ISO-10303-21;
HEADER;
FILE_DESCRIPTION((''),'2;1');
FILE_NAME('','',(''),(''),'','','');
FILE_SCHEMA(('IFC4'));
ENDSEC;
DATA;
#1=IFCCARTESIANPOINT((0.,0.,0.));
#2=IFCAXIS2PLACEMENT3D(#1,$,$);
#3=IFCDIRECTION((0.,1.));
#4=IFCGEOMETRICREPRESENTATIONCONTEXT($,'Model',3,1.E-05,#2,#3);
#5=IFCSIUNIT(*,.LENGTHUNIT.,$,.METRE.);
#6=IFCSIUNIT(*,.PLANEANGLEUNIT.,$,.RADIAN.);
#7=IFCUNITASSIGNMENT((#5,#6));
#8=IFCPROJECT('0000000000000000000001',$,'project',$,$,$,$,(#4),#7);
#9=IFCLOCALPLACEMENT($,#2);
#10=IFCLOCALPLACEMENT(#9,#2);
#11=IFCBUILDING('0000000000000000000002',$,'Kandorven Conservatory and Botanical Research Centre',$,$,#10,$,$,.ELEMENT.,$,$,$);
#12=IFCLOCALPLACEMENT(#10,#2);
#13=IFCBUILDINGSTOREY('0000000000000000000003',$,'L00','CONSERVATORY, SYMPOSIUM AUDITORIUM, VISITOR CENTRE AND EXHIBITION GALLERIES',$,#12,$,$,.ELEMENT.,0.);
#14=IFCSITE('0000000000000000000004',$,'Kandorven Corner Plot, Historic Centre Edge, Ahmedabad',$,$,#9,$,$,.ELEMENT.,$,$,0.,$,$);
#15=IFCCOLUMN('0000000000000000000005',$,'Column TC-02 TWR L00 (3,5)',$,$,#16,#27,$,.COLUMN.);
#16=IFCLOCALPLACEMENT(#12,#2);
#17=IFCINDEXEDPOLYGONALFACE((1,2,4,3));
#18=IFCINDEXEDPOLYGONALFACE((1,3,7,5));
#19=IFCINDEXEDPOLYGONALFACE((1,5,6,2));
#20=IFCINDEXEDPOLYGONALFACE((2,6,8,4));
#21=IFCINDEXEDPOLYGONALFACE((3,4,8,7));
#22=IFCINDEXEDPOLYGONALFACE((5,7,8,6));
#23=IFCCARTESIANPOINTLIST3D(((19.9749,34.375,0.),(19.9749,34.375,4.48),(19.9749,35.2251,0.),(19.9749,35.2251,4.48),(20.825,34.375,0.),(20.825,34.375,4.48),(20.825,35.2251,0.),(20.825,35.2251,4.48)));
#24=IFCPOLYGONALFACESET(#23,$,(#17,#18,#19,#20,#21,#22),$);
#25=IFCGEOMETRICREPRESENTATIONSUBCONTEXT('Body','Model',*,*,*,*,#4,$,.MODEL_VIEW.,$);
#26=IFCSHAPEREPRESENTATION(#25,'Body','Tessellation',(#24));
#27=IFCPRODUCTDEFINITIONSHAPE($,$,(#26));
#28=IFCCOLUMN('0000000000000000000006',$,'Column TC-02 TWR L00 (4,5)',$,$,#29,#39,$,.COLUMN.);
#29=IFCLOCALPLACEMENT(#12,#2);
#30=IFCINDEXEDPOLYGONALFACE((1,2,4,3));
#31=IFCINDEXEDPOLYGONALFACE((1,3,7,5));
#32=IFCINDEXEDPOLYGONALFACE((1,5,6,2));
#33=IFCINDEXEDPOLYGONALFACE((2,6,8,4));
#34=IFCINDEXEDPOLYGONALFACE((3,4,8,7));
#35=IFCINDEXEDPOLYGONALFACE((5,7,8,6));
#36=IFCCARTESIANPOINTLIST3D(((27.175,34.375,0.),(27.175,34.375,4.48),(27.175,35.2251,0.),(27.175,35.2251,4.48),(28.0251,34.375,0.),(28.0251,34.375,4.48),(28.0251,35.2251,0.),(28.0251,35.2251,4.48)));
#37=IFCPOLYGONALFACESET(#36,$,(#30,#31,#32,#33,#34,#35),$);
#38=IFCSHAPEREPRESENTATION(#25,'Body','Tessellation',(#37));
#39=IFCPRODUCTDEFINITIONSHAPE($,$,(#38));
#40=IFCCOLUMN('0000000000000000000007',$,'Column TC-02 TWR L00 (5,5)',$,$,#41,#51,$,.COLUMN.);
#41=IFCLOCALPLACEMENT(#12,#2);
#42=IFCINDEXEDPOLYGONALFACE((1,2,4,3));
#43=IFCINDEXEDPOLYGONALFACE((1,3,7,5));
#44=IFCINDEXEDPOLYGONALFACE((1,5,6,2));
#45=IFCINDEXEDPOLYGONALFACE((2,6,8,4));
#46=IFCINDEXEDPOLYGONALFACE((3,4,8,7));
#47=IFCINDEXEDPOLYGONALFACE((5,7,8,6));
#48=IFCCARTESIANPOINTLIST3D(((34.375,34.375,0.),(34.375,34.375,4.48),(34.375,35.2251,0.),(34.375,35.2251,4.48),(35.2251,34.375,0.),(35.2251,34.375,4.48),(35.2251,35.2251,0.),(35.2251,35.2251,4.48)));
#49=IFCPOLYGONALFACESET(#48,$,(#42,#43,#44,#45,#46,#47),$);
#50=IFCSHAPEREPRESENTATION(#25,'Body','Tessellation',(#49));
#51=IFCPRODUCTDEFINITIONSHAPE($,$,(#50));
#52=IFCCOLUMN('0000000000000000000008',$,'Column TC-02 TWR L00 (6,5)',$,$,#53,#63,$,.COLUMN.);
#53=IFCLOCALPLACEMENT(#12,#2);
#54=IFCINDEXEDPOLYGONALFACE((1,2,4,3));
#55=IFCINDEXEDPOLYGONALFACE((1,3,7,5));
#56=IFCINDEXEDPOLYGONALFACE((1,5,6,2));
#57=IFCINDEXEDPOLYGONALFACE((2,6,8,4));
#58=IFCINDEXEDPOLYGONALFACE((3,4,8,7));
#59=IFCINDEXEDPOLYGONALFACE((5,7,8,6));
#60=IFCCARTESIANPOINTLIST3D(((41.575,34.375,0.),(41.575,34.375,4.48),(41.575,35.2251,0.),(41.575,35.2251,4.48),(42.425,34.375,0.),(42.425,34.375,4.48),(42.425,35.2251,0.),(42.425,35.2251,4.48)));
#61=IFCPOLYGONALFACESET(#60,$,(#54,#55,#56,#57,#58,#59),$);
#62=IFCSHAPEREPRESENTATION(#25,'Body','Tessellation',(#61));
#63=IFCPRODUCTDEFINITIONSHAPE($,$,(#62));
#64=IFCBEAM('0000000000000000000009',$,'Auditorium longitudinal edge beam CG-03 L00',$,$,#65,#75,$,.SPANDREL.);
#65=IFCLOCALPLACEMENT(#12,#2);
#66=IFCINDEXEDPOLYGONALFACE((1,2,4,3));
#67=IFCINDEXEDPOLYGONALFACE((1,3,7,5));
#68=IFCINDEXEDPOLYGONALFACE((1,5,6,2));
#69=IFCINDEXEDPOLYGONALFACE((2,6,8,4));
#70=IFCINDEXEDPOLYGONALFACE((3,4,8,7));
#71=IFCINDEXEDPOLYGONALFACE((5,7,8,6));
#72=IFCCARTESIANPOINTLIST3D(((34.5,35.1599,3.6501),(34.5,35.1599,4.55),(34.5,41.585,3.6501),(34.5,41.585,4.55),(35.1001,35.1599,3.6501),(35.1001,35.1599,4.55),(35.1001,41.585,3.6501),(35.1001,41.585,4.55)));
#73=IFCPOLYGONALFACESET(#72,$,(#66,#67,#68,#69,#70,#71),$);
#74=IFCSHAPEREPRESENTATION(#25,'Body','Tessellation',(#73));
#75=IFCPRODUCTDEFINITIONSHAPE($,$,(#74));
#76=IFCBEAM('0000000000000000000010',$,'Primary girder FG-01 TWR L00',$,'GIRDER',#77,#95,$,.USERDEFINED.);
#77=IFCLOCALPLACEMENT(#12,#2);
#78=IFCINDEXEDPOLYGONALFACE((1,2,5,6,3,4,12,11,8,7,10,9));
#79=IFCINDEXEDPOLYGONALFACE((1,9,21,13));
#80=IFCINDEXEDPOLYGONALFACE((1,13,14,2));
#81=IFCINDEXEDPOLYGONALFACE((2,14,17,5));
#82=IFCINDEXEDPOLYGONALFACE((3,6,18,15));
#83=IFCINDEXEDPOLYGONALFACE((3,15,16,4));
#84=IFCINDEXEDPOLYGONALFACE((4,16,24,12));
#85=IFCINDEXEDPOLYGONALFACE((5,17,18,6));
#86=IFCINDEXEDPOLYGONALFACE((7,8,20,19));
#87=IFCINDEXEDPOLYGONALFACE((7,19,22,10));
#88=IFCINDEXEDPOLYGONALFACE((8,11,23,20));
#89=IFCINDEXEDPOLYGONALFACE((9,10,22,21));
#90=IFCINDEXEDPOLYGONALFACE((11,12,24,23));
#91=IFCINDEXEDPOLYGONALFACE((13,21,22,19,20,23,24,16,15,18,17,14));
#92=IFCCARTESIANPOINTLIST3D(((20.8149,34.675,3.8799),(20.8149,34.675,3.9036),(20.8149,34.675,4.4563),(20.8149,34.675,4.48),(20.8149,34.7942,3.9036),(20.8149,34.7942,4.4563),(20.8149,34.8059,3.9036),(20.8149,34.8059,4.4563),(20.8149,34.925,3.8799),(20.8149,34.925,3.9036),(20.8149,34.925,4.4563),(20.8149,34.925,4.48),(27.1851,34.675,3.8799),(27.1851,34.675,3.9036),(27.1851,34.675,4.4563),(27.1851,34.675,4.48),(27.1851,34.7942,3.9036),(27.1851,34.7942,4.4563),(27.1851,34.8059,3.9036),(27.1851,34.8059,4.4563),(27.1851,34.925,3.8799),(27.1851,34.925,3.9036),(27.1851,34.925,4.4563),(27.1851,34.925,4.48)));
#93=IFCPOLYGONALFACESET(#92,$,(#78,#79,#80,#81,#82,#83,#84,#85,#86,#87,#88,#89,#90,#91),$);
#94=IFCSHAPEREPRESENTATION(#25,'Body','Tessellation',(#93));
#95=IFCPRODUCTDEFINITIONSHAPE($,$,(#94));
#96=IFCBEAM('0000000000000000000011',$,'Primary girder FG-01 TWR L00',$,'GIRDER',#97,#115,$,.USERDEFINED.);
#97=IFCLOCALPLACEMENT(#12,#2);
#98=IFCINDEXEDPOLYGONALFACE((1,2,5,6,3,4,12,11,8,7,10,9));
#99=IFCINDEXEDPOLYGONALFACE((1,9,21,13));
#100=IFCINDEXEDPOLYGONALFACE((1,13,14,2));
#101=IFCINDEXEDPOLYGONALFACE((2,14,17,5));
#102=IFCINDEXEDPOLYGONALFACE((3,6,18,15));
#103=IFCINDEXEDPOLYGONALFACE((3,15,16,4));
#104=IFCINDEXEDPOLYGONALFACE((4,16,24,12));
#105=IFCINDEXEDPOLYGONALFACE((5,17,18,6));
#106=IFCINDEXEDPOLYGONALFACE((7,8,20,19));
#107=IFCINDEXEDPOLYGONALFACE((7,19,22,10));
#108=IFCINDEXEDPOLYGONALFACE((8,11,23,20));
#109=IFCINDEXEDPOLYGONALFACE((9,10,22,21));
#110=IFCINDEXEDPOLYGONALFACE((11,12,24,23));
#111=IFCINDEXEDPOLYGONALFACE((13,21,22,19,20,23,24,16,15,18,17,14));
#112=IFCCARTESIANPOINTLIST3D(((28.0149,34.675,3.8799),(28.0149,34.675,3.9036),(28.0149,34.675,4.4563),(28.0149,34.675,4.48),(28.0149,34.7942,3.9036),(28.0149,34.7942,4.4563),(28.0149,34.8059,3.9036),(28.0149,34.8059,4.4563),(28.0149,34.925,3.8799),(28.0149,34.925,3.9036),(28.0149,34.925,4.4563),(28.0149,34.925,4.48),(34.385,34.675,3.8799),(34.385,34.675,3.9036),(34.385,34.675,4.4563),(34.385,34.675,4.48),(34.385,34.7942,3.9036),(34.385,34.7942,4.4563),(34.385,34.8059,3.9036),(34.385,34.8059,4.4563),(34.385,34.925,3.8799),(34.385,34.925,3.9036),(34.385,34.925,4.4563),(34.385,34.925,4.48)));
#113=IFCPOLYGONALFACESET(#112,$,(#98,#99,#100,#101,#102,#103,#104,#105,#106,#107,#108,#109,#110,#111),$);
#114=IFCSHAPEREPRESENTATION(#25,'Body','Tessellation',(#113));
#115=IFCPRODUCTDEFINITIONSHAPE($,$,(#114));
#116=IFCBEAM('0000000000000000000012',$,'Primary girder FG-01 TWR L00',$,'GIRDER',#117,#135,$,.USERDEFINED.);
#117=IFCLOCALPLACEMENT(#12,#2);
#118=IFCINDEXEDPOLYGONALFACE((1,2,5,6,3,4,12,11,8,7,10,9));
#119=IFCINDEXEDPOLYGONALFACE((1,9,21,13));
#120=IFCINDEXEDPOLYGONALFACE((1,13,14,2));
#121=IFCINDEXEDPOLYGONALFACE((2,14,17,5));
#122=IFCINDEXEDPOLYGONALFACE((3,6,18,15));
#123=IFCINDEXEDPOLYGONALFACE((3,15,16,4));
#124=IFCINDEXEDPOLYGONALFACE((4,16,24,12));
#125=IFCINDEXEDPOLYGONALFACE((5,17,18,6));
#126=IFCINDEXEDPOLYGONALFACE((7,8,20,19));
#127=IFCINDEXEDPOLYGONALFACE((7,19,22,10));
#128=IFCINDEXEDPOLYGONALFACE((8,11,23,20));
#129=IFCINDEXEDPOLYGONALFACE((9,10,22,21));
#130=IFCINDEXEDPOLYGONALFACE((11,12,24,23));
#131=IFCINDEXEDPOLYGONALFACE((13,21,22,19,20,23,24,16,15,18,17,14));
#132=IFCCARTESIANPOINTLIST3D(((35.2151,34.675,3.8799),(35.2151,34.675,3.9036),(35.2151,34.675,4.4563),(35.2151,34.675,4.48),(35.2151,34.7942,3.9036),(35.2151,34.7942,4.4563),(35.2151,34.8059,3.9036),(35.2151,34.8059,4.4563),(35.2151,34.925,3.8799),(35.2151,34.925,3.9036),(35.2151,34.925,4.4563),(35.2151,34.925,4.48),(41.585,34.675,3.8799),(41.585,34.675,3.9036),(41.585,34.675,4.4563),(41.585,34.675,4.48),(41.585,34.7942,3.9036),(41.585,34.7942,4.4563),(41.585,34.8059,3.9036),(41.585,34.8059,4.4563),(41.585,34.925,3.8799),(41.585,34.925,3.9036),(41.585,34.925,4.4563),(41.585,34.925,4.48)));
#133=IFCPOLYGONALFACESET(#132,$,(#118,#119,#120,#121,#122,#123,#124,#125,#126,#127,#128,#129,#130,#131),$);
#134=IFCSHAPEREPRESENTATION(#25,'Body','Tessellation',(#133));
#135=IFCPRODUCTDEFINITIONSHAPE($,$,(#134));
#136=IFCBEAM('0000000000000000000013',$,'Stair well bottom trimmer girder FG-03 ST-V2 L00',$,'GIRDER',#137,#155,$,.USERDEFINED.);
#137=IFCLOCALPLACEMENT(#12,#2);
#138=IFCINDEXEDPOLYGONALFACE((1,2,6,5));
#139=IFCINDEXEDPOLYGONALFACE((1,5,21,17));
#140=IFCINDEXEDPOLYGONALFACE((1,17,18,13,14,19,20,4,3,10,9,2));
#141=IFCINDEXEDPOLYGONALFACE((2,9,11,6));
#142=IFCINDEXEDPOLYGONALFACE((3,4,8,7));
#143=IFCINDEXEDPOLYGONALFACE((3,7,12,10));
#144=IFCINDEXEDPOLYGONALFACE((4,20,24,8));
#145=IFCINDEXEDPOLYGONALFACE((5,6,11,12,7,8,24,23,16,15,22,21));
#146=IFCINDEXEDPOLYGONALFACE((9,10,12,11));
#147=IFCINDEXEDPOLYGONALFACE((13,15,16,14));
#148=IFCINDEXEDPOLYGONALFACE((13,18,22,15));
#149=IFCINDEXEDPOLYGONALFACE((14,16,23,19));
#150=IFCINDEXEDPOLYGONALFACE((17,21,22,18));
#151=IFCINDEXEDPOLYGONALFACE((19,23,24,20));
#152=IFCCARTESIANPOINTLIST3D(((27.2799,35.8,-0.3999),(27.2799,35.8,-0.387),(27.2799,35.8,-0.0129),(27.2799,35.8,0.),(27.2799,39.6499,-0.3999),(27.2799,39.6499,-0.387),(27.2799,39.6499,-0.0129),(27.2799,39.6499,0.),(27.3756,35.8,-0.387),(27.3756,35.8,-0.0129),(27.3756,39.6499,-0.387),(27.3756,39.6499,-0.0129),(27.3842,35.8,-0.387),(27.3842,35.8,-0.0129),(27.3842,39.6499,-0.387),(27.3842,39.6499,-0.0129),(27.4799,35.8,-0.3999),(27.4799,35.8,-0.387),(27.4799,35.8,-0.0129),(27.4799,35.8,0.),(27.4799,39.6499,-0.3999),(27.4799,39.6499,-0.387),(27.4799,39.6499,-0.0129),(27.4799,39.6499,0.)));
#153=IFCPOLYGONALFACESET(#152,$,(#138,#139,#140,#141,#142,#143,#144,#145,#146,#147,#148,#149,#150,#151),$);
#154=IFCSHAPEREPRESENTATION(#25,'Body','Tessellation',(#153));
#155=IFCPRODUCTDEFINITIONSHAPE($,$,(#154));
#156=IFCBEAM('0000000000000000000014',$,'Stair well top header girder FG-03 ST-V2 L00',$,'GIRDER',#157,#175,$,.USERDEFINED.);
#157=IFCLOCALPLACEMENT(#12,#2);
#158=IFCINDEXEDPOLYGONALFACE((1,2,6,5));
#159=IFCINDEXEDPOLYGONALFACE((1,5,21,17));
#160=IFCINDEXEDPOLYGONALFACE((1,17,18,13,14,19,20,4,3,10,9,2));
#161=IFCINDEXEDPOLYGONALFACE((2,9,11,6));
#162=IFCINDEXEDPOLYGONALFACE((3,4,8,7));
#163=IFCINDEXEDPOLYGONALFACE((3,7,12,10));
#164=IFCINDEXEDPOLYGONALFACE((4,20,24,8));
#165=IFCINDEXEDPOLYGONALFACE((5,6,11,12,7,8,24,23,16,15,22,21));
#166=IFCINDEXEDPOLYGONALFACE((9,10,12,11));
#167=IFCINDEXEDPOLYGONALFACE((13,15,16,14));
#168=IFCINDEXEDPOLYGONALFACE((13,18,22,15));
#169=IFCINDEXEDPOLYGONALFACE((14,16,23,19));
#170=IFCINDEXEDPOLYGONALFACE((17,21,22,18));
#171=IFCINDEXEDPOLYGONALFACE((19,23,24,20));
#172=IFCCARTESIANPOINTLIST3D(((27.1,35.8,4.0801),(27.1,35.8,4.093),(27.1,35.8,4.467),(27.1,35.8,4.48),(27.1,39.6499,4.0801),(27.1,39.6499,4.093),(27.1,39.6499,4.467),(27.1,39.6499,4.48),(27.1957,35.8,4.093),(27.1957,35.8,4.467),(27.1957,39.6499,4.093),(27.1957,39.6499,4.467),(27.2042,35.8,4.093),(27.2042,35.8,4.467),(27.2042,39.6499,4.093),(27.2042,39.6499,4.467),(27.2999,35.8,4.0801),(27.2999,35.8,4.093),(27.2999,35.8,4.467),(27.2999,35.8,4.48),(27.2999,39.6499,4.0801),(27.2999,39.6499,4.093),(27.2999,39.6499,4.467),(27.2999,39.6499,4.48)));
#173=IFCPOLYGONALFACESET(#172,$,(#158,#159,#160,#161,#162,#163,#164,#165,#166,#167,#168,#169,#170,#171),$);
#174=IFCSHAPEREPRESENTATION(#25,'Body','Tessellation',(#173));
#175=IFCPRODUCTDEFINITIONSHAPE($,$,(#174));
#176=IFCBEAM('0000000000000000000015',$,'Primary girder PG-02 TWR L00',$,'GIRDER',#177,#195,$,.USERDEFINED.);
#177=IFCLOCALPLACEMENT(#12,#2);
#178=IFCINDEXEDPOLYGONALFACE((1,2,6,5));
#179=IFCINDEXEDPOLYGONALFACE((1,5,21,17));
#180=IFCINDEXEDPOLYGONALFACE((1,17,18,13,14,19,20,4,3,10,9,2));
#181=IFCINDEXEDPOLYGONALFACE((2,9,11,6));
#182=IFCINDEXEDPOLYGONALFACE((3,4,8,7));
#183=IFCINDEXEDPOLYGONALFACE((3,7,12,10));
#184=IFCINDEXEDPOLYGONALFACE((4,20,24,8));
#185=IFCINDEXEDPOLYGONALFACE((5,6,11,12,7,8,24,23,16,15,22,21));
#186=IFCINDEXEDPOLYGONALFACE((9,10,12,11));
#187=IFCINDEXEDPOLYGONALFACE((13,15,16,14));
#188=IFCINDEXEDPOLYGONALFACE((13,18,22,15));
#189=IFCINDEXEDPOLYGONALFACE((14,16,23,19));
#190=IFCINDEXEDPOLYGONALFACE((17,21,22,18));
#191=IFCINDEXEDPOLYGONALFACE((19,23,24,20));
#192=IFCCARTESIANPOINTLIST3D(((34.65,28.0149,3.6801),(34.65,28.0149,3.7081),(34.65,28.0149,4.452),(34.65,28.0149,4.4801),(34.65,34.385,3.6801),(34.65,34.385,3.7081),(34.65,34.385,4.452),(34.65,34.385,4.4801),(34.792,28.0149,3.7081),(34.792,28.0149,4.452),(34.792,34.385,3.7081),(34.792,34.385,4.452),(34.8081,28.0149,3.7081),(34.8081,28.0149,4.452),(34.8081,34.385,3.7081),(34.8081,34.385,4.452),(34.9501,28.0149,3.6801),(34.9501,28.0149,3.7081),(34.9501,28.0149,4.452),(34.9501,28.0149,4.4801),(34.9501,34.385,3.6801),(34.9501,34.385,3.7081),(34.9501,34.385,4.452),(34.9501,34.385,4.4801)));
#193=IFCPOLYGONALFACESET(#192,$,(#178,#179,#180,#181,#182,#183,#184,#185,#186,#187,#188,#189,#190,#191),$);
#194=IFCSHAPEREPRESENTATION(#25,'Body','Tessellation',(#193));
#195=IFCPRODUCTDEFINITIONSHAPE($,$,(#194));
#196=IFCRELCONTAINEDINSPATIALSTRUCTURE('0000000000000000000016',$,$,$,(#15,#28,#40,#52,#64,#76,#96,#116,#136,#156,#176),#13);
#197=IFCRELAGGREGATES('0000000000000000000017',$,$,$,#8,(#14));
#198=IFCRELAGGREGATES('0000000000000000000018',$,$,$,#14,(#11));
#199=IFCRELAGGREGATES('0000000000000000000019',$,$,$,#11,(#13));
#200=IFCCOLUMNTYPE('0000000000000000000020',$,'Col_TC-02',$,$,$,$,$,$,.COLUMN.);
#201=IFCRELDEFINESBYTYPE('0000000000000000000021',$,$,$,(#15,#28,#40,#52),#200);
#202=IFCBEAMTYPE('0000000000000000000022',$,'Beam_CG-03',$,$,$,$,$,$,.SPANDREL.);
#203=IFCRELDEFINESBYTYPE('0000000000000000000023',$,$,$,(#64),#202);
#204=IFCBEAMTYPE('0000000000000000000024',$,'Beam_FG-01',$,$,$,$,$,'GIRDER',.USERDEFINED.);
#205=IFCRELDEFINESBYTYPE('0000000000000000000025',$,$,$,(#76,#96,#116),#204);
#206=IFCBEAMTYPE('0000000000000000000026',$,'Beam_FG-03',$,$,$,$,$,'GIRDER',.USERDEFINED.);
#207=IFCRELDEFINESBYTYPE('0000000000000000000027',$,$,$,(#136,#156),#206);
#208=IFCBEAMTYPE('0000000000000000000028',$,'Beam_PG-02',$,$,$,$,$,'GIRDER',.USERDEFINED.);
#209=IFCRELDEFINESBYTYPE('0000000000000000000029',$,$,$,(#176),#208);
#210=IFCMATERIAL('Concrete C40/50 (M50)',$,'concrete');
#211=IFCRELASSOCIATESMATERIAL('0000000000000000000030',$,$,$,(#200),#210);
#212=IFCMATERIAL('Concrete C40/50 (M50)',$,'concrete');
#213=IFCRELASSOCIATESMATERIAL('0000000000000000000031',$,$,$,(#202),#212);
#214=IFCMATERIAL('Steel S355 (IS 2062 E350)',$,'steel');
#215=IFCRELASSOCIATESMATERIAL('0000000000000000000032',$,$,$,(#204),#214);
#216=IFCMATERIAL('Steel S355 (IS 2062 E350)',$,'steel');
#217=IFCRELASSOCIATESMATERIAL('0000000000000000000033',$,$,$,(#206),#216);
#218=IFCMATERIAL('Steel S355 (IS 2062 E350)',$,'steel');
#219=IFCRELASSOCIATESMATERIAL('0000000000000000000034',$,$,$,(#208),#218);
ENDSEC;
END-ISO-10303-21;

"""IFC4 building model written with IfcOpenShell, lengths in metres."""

from ifc_helpers import new_model, si_unit, direction, frame, origin, origin_2d, place, context, subcontext, project, spatial, rectangle, i_section, extrude, material, material_profile, profile_set, type_object, element, save


model = new_model("IFC4")

# Units and contexts
model_context = context("Model", 3, precision=1e-05, world=origin(), true_north=direction((0.0, 1.0)))
body_context = subcontext(model_context, "Body", "Model", "MODEL_VIEW")
ifc_project = project(units=[si_unit("LENGTHUNIT", "METRE"), si_unit("PLANEANGLEUNIT", "RADIAN")], contexts=[model_context])

# Site, building, storey
site_placement = place(None, origin())
site = spatial("IfcSite", under=ifc_project, at=site_placement, Name="Kandorven Corner Plot, Historic Centre Edge, Ahmedabad", CompositionType="ELEMENT", RefElevation=0.0)
building_placement = place(site_placement, origin())
building = spatial("IfcBuilding", under=site, at=building_placement, Name="Kandorven Conservatory and Botanical Research Centre", CompositionType="ELEMENT")
storey_placement = place(building_placement, origin())
storey = spatial("IfcBuildingStorey", under=building, at=storey_placement, Name="L00", Description="CONSERVATORY, SYMPOSIUM AUDITORIUM, VISITOR CENTRE AND EXHIBITION GALLERIES", CompositionType="ELEMENT", Elevation=0.0)

# Columns
ifc_material_1 = material(Name="Concrete C40/50 (M50)", Category="concrete")
ifc_material_profile_1 = material_profile(ifc_material_1, rectangle(XDim=0.8501, YDim=0.8501, at=origin_2d()))
ifc_profile_set_1 = profile_set([ifc_material_profile_1], Name="Concrete C40/50 (M50)")
column_type = type_object("IfcColumnType", Name="Col_TC-02", PredefinedType="COLUMN", material=ifc_profile_set_1)
for number, where, z_axis, x_axis, name in (
    (1, (20.3999, 34.8, 0.0), (0.0, 0.0, 1.0), (1.0, 0.0, 0.0), "Column TC-02 TWR L00 (3,5)"),
    (2, (27.6001, 34.8, 0.0), (0.0, 0.0, 1.0), (1.0, 0.0, 0.0), "Column TC-02 TWR L00 (4,5)"),
    (3, (34.8, 34.8, 0.0), (0.0, 0.0, 1.0), (1.0, 0.0, 0.0), "Column TC-02 TWR L00 (5,5)"),
    (4, (42.0, 34.8, 0.0), (0.0, 0.0, 1.0), (1.0, 0.0, 0.0), "Column TC-02 TWR L00 (6,5)"),
):
    element("IfcColumn", number, at=place(storey_placement, frame(where, z_axis=z_axis, x_axis=x_axis)), inside=storey, type_object=column_type, Name=name, PredefinedType="COLUMN", context=body_context, shape_type="SweptSolid", body=[
        extrude(rectangle(XDim=0.8501, YDim=0.8501, at=origin_2d()), origin(), (0.0, 0.0, 1.0), 4.48),
    ])

# Beams
ifc_material_2 = material(Name="Concrete C40/50 (M50)", Category="concrete")
ifc_material_profile_2 = material_profile(ifc_material_2, rectangle(XDim=0.6001, YDim=0.8999, at=origin_2d()))
ifc_profile_set_2 = profile_set([ifc_material_profile_2], Name="Concrete C40/50 (M50)")
beam_type_1 = type_object("IfcBeamType", Name="Beam_CG-03", PredefinedType="SPANDREL", material=ifc_profile_set_2)
beam_1_placement = place(storey_placement, frame((34.8, 35.1599, 4.1001), z_axis=(0.0, 1.0, 0.0), x_axis=(-1.0, 0.0, 0.0)))
element("IfcBeam", 5, at=beam_1_placement, inside=storey, type_object=beam_type_1, Name="Auditorium longitudinal edge beam CG-03 L00", PredefinedType="SPANDREL", context=body_context, shape_type="SweptSolid", body=[
    extrude(rectangle(XDim=0.6001, YDim=0.8999, at=origin_2d()), origin(), (0.0, 0.0, 1.0), 6.425),
])
ifc_material_3 = material(Name="Steel S355 (IS 2062 E350)", Category="steel")
ifc_material_profile_3 = material_profile(ifc_material_3, i_section(OverallWidth=0.25, OverallDepth=0.6001, WebThickness=0.0117, FlangeThickness=0.0237, at=origin_2d()))
ifc_profile_set_3 = profile_set([ifc_material_profile_3], Name="Steel S355 (IS 2062 E350)")
beam_type_2 = type_object("IfcBeamType", Name="Beam_FG-01", ElementType="GIRDER", PredefinedType="USERDEFINED", material=ifc_profile_set_3)
for number, where, z_axis, x_axis, name in (
    (6, (20.8149, 34.8, 4.1799), (1.0, 0.0, 0.0), (0.0, 1.0, 0.0), "Primary girder FG-01 TWR L00"),
    (7, (28.0149, 34.8, 4.1799), (1.0, 0.0, 0.0), (0.0, 1.0, 0.0), "Primary girder FG-01 TWR L00"),
):
    element("IfcBeam", number, at=place(storey_placement, frame(where, z_axis=z_axis, x_axis=x_axis)), inside=storey, type_object=beam_type_2, Name=name, ObjectType="GIRDER", PredefinedType="USERDEFINED", context=body_context, shape_type="SweptSolid", body=[
        extrude(i_section(OverallWidth=0.25, OverallDepth=0.6001, WebThickness=0.0117, FlangeThickness=0.0237, at=origin_2d()), origin(), (0.0, 0.0, 1.0), 6.3701),
    ])
beam_2_placement = place(storey_placement, frame((35.2151, 34.8, 4.1799), z_axis=(1.0, 0.0, 0.0), x_axis=(0.0, 1.0, 0.0)))
element("IfcBeam", 8, at=beam_2_placement, inside=storey, type_object=beam_type_2, Name="Primary girder FG-01 TWR L00", ObjectType="GIRDER", PredefinedType="USERDEFINED", context=body_context, shape_type="SweptSolid", body=[
    extrude(i_section(OverallWidth=0.25, OverallDepth=0.6001, WebThickness=0.0117, FlangeThickness=0.0237, at=origin_2d()), origin(), (0.0, 0.0, 1.0), 6.3699),
])
ifc_material_4 = material(Name="Steel S355 (IS 2062 E350)", Category="steel")
ifc_material_profile_4 = material_profile(ifc_material_4, i_section(OverallWidth=0.2, OverallDepth=0.3999, WebThickness=0.0085, FlangeThickness=0.0129, at=origin_2d()))
ifc_profile_set_4 = profile_set([ifc_material_profile_4], Name="Steel S355 (IS 2062 E350)")
beam_type_3 = type_object("IfcBeamType", Name="Beam_FG-03", ElementType="GIRDER", PredefinedType="USERDEFINED", material=ifc_profile_set_4)
for number, where, z_axis, x_axis, name in (
    (9, (27.3799, 35.8, -0.2), (0.0, 1.0, 0.0), (-1.0, 0.0, 0.0), "Stair well bottom trimmer girder FG-03 ST-V2 L00"),
    (10, (27.2, 35.8, 4.28), (0.0, 1.0, 0.0), (-1.0, 0.0, 0.0), "Stair well top header girder FG-03 ST-V2 L00"),
):
    element("IfcBeam", number, at=place(storey_placement, frame(where, z_axis=z_axis, x_axis=x_axis)), inside=storey, type_object=beam_type_3, Name=name, ObjectType="GIRDER", PredefinedType="USERDEFINED", context=body_context, shape_type="SweptSolid", body=[
        extrude(i_section(OverallWidth=0.2, OverallDepth=0.3999, WebThickness=0.0085, FlangeThickness=0.0129, at=origin_2d()), origin(), (0.0, 0.0, 1.0), 3.8499),
    ])
ifc_material_5 = material(Name="Steel S355 (IS 2062 E350)", Category="steel")
ifc_material_profile_5 = material_profile(ifc_material_5, i_section(OverallWidth=0.3, OverallDepth=0.8, WebThickness=0.0161, FlangeThickness=0.0281, at=origin_2d()))
ifc_profile_set_5 = profile_set([ifc_material_profile_5], Name="Steel S355 (IS 2062 E350)")
beam_type_4 = type_object("IfcBeamType", Name="Beam_PG-02", ElementType="GIRDER", PredefinedType="USERDEFINED", material=ifc_profile_set_5)
for number, where, z_axis, x_axis, name in (
    (11, (34.8, 28.0149, 4.0801), (0.0, 1.0, 0.0), (-1.0, 0.0, 0.0), "Primary girder PG-02 TWR L00"),
):
    element("IfcBeam", number, at=place(storey_placement, frame(where, z_axis=z_axis, x_axis=x_axis)), inside=storey, type_object=beam_type_4, Name=name, ObjectType="GIRDER", PredefinedType="USERDEFINED", context=body_context, shape_type="SweptSolid", body=[
        extrude(i_section(OverallWidth=0.3, OverallDepth=0.8, WebThickness=0.0161, FlangeThickness=0.0281, at=origin_2d()), origin(), (0.0, 0.0, 1.0), 6.3701),
    ])

save(model, "model.ifc")
